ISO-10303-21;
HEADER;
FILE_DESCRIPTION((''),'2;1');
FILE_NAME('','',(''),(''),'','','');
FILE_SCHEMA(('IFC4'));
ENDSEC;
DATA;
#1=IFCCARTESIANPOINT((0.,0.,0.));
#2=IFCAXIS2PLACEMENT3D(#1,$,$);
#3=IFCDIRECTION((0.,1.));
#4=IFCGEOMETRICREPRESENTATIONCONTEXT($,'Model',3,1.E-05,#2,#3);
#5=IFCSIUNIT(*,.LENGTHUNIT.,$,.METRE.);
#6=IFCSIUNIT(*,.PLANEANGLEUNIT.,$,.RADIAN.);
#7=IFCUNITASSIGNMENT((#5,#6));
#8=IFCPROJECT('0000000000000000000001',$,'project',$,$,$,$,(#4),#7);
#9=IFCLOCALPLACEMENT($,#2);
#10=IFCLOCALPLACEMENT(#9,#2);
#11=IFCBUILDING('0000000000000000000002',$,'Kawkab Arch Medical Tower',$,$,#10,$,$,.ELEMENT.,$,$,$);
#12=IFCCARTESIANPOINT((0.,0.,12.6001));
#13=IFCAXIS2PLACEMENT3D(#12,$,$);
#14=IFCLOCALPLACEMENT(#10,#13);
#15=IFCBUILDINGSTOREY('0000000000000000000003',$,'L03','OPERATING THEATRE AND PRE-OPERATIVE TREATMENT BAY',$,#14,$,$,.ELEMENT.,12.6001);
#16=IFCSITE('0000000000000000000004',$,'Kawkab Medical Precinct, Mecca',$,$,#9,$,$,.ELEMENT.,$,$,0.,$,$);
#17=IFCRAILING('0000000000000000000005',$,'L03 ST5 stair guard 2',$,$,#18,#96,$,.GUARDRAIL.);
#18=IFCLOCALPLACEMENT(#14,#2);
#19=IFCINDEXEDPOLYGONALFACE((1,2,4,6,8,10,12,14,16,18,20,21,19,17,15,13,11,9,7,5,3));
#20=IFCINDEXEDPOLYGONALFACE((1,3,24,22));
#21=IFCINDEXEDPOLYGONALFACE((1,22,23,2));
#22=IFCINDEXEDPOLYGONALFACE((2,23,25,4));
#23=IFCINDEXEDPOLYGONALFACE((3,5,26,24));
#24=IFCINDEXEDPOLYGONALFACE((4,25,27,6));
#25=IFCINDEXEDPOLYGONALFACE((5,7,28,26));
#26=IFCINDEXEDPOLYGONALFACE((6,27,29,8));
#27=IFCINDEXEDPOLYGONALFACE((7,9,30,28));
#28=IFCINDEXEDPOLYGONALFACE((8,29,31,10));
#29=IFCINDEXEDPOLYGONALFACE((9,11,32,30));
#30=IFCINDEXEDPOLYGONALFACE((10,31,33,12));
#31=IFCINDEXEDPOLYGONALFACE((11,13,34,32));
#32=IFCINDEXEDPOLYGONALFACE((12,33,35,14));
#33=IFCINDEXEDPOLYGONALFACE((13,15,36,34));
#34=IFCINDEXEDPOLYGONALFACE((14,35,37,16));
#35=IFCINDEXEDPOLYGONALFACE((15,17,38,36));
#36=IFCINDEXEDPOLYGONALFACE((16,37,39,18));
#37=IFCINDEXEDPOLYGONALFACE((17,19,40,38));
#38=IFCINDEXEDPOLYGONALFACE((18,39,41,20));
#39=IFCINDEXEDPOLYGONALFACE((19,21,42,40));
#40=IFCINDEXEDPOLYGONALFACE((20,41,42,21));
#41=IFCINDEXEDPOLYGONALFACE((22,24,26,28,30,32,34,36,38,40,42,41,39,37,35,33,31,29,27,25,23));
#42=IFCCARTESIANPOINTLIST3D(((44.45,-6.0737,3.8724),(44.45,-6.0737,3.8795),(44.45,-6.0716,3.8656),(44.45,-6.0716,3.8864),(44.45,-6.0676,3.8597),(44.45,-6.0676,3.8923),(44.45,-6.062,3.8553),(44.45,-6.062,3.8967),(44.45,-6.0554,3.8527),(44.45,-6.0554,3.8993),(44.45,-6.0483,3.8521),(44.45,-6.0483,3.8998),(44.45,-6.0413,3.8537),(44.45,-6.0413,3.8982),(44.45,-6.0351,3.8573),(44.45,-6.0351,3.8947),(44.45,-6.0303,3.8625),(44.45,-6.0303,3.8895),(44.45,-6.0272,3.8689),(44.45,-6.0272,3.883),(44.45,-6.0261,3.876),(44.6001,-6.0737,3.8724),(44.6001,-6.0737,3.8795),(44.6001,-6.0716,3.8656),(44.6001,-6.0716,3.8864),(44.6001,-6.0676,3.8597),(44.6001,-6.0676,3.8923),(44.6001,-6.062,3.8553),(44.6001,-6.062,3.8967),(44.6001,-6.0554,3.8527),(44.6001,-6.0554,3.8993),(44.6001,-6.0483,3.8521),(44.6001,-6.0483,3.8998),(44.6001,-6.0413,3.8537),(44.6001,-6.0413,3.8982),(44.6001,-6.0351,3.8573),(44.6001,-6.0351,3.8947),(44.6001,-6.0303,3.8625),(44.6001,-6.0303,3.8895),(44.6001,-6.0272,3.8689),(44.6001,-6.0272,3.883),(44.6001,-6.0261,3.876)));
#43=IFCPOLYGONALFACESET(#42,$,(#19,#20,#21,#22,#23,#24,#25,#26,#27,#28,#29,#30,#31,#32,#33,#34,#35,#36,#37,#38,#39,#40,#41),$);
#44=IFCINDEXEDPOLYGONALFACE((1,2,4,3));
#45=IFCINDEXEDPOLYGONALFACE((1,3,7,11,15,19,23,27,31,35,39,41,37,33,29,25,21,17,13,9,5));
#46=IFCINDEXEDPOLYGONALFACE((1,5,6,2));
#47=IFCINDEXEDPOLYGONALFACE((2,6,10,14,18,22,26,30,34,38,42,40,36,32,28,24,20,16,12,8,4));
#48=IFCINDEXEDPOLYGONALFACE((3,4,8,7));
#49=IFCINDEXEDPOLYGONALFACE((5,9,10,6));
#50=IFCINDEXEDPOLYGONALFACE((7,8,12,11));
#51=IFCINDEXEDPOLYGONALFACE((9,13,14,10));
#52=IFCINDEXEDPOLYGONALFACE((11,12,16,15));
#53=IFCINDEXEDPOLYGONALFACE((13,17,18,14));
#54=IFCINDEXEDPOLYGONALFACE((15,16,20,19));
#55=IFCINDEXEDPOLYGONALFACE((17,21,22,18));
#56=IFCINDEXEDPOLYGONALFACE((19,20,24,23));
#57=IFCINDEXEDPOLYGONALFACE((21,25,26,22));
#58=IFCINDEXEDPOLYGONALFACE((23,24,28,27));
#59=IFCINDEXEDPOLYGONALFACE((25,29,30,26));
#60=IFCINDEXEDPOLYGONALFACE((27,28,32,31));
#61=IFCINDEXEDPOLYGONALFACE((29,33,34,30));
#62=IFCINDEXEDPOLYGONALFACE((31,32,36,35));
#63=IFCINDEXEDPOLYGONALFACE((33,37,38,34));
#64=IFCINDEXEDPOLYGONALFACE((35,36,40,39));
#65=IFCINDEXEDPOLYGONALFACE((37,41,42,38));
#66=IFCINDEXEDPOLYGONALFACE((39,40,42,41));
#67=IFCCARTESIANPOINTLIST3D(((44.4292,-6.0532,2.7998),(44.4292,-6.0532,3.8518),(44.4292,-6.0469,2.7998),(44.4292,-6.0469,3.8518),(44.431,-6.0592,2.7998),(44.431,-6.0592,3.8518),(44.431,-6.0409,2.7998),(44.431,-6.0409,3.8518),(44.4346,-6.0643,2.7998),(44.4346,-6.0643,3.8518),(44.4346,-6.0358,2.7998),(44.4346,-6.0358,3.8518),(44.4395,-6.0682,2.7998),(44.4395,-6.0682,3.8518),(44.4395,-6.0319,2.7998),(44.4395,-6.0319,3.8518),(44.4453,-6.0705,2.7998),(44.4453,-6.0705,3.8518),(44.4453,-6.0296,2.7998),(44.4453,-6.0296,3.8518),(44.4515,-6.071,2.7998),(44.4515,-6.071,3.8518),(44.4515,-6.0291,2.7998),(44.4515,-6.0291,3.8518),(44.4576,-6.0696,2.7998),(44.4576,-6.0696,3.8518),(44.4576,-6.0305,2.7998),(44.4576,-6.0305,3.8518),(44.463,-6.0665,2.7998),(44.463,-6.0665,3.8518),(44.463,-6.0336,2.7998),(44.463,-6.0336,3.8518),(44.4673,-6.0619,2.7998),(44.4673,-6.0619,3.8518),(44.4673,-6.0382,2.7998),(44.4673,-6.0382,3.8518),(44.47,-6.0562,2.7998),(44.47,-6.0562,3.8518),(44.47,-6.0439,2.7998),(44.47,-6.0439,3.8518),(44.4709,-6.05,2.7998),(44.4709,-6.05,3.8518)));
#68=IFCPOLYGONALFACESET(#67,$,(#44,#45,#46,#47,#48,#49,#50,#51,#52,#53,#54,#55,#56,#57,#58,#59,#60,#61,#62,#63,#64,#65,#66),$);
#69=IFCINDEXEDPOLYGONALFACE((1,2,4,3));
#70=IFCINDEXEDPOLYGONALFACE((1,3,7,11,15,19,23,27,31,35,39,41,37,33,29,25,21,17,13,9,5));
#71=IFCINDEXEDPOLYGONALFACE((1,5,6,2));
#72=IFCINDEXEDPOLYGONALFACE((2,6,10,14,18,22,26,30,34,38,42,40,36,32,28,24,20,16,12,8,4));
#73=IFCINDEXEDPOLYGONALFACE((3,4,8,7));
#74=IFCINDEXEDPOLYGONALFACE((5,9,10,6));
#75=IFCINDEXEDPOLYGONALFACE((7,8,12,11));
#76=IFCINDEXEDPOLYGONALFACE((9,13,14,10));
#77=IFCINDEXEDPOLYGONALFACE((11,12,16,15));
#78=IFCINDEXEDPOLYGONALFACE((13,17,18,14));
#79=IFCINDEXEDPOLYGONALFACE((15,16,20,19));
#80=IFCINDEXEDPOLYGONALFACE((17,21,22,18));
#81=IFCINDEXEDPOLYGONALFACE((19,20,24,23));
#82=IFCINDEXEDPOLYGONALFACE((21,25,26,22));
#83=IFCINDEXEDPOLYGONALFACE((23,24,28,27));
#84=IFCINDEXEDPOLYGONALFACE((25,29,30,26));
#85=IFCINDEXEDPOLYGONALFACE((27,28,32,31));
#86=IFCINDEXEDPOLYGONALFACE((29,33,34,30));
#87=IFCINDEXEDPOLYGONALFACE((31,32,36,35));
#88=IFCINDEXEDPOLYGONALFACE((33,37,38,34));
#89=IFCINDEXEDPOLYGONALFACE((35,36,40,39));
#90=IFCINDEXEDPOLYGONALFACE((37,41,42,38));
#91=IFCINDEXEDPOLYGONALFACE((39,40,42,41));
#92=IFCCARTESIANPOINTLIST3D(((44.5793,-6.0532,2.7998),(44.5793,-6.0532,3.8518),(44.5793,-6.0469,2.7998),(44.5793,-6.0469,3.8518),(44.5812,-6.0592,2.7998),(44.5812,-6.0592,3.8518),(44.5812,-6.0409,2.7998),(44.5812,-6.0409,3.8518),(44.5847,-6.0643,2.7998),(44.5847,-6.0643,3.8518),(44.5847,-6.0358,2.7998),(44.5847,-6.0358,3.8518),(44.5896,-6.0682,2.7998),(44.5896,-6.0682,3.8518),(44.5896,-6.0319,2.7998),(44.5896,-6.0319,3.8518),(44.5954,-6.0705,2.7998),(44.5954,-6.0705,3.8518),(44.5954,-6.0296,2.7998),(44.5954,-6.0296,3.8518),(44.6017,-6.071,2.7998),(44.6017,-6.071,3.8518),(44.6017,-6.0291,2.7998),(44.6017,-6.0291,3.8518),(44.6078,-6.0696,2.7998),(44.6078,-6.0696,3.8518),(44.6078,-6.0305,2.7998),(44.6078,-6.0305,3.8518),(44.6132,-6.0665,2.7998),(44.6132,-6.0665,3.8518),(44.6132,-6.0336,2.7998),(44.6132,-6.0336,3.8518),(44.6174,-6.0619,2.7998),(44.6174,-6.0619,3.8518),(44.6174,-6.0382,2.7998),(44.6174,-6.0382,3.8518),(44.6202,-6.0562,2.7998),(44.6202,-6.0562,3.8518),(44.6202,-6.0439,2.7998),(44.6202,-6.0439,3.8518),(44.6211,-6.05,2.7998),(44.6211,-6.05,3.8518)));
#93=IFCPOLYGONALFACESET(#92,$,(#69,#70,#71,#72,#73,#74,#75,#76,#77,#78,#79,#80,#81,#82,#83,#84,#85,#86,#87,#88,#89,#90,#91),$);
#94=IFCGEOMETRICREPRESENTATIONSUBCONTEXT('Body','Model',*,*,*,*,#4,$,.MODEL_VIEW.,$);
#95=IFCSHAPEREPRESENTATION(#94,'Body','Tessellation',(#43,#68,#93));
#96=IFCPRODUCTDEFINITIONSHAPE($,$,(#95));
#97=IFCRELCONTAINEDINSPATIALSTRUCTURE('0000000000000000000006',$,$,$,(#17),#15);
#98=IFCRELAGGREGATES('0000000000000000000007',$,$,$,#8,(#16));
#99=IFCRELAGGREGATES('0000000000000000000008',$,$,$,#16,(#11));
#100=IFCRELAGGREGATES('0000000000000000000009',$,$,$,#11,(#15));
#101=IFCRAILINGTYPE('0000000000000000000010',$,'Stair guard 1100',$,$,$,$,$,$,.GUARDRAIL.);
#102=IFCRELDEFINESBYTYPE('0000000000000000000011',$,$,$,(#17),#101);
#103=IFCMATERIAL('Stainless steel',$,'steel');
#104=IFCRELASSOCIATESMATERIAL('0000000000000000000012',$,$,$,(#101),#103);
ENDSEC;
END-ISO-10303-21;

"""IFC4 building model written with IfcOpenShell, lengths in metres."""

from ifc_helpers import new_model, si_unit, direction, frame, origin, origin_2d, place, context, subcontext, project, spatial, circle, extrude, material, type_object, element, save


model = new_model("IFC4")

# Units and contexts
model_context = context("Model", 3, precision=1e-05, world=origin(), true_north=direction((0.0, 1.0)))
body_context = subcontext(model_context, "Body", "Model", "MODEL_VIEW")
ifc_project = project(units=[si_unit("LENGTHUNIT", "METRE"), si_unit("PLANEANGLEUNIT", "RADIAN")], contexts=[model_context])

# Site, building, storey
site_placement = place(None, origin())
site = spatial("IfcSite", under=ifc_project, at=site_placement, Name="Kawkab Medical Precinct, Mecca", CompositionType="ELEMENT", RefElevation=0.0)
building_placement = place(site_placement, origin())
building = spatial("IfcBuilding", under=site, at=building_placement, Name="Kawkab Arch Medical Tower", CompositionType="ELEMENT")
storey_placement = place(building_placement, frame((0.0, 0.0, 12.6001)))
storey = spatial("IfcBuildingStorey", under=building, at=storey_placement, Name="L03", Description="OPERATING THEATRE AND PRE-OPERATIVE TREATMENT BAY", CompositionType="ELEMENT", Elevation=12.6001)

# Railing
ifc_material_1 = material(Name="Stainless steel", Category="steel")
railing_type = type_object("IfcRailingType", Name="Stair guard 1100", PredefinedType="GUARDRAIL", material=ifc_material_1)
railing_1_placement = place(storey_placement, frame((44.45, -6.05, 2.7998)))
element("IfcRailing", 1, at=railing_1_placement, inside=storey, type_object=railing_type, Name="L03 ST5 stair guard 2", PredefinedType="GUARDRAIL", context=body_context, shape_type="SweptSolid", body=[
    extrude(circle(Radius=0.0239, at=origin_2d()), frame((0.0, 0.0, 1.0762), z_axis=(1.0, 0.0, 0.0), x_axis=(0.0, 1.0, 0.0)), (0.0, 0.0, 1.0), 0.1501),
    extrude(circle(Radius=0.021, at=origin_2d()), origin(), (0.0, 0.0, 1.0), 1.052),
    extrude(circle(Radius=0.021, at=origin_2d()), frame((0.1501, 0.0, 0.0)), (0.0, 0.0, 1.0), 1.052),
])

save(model, "model.ifc")
